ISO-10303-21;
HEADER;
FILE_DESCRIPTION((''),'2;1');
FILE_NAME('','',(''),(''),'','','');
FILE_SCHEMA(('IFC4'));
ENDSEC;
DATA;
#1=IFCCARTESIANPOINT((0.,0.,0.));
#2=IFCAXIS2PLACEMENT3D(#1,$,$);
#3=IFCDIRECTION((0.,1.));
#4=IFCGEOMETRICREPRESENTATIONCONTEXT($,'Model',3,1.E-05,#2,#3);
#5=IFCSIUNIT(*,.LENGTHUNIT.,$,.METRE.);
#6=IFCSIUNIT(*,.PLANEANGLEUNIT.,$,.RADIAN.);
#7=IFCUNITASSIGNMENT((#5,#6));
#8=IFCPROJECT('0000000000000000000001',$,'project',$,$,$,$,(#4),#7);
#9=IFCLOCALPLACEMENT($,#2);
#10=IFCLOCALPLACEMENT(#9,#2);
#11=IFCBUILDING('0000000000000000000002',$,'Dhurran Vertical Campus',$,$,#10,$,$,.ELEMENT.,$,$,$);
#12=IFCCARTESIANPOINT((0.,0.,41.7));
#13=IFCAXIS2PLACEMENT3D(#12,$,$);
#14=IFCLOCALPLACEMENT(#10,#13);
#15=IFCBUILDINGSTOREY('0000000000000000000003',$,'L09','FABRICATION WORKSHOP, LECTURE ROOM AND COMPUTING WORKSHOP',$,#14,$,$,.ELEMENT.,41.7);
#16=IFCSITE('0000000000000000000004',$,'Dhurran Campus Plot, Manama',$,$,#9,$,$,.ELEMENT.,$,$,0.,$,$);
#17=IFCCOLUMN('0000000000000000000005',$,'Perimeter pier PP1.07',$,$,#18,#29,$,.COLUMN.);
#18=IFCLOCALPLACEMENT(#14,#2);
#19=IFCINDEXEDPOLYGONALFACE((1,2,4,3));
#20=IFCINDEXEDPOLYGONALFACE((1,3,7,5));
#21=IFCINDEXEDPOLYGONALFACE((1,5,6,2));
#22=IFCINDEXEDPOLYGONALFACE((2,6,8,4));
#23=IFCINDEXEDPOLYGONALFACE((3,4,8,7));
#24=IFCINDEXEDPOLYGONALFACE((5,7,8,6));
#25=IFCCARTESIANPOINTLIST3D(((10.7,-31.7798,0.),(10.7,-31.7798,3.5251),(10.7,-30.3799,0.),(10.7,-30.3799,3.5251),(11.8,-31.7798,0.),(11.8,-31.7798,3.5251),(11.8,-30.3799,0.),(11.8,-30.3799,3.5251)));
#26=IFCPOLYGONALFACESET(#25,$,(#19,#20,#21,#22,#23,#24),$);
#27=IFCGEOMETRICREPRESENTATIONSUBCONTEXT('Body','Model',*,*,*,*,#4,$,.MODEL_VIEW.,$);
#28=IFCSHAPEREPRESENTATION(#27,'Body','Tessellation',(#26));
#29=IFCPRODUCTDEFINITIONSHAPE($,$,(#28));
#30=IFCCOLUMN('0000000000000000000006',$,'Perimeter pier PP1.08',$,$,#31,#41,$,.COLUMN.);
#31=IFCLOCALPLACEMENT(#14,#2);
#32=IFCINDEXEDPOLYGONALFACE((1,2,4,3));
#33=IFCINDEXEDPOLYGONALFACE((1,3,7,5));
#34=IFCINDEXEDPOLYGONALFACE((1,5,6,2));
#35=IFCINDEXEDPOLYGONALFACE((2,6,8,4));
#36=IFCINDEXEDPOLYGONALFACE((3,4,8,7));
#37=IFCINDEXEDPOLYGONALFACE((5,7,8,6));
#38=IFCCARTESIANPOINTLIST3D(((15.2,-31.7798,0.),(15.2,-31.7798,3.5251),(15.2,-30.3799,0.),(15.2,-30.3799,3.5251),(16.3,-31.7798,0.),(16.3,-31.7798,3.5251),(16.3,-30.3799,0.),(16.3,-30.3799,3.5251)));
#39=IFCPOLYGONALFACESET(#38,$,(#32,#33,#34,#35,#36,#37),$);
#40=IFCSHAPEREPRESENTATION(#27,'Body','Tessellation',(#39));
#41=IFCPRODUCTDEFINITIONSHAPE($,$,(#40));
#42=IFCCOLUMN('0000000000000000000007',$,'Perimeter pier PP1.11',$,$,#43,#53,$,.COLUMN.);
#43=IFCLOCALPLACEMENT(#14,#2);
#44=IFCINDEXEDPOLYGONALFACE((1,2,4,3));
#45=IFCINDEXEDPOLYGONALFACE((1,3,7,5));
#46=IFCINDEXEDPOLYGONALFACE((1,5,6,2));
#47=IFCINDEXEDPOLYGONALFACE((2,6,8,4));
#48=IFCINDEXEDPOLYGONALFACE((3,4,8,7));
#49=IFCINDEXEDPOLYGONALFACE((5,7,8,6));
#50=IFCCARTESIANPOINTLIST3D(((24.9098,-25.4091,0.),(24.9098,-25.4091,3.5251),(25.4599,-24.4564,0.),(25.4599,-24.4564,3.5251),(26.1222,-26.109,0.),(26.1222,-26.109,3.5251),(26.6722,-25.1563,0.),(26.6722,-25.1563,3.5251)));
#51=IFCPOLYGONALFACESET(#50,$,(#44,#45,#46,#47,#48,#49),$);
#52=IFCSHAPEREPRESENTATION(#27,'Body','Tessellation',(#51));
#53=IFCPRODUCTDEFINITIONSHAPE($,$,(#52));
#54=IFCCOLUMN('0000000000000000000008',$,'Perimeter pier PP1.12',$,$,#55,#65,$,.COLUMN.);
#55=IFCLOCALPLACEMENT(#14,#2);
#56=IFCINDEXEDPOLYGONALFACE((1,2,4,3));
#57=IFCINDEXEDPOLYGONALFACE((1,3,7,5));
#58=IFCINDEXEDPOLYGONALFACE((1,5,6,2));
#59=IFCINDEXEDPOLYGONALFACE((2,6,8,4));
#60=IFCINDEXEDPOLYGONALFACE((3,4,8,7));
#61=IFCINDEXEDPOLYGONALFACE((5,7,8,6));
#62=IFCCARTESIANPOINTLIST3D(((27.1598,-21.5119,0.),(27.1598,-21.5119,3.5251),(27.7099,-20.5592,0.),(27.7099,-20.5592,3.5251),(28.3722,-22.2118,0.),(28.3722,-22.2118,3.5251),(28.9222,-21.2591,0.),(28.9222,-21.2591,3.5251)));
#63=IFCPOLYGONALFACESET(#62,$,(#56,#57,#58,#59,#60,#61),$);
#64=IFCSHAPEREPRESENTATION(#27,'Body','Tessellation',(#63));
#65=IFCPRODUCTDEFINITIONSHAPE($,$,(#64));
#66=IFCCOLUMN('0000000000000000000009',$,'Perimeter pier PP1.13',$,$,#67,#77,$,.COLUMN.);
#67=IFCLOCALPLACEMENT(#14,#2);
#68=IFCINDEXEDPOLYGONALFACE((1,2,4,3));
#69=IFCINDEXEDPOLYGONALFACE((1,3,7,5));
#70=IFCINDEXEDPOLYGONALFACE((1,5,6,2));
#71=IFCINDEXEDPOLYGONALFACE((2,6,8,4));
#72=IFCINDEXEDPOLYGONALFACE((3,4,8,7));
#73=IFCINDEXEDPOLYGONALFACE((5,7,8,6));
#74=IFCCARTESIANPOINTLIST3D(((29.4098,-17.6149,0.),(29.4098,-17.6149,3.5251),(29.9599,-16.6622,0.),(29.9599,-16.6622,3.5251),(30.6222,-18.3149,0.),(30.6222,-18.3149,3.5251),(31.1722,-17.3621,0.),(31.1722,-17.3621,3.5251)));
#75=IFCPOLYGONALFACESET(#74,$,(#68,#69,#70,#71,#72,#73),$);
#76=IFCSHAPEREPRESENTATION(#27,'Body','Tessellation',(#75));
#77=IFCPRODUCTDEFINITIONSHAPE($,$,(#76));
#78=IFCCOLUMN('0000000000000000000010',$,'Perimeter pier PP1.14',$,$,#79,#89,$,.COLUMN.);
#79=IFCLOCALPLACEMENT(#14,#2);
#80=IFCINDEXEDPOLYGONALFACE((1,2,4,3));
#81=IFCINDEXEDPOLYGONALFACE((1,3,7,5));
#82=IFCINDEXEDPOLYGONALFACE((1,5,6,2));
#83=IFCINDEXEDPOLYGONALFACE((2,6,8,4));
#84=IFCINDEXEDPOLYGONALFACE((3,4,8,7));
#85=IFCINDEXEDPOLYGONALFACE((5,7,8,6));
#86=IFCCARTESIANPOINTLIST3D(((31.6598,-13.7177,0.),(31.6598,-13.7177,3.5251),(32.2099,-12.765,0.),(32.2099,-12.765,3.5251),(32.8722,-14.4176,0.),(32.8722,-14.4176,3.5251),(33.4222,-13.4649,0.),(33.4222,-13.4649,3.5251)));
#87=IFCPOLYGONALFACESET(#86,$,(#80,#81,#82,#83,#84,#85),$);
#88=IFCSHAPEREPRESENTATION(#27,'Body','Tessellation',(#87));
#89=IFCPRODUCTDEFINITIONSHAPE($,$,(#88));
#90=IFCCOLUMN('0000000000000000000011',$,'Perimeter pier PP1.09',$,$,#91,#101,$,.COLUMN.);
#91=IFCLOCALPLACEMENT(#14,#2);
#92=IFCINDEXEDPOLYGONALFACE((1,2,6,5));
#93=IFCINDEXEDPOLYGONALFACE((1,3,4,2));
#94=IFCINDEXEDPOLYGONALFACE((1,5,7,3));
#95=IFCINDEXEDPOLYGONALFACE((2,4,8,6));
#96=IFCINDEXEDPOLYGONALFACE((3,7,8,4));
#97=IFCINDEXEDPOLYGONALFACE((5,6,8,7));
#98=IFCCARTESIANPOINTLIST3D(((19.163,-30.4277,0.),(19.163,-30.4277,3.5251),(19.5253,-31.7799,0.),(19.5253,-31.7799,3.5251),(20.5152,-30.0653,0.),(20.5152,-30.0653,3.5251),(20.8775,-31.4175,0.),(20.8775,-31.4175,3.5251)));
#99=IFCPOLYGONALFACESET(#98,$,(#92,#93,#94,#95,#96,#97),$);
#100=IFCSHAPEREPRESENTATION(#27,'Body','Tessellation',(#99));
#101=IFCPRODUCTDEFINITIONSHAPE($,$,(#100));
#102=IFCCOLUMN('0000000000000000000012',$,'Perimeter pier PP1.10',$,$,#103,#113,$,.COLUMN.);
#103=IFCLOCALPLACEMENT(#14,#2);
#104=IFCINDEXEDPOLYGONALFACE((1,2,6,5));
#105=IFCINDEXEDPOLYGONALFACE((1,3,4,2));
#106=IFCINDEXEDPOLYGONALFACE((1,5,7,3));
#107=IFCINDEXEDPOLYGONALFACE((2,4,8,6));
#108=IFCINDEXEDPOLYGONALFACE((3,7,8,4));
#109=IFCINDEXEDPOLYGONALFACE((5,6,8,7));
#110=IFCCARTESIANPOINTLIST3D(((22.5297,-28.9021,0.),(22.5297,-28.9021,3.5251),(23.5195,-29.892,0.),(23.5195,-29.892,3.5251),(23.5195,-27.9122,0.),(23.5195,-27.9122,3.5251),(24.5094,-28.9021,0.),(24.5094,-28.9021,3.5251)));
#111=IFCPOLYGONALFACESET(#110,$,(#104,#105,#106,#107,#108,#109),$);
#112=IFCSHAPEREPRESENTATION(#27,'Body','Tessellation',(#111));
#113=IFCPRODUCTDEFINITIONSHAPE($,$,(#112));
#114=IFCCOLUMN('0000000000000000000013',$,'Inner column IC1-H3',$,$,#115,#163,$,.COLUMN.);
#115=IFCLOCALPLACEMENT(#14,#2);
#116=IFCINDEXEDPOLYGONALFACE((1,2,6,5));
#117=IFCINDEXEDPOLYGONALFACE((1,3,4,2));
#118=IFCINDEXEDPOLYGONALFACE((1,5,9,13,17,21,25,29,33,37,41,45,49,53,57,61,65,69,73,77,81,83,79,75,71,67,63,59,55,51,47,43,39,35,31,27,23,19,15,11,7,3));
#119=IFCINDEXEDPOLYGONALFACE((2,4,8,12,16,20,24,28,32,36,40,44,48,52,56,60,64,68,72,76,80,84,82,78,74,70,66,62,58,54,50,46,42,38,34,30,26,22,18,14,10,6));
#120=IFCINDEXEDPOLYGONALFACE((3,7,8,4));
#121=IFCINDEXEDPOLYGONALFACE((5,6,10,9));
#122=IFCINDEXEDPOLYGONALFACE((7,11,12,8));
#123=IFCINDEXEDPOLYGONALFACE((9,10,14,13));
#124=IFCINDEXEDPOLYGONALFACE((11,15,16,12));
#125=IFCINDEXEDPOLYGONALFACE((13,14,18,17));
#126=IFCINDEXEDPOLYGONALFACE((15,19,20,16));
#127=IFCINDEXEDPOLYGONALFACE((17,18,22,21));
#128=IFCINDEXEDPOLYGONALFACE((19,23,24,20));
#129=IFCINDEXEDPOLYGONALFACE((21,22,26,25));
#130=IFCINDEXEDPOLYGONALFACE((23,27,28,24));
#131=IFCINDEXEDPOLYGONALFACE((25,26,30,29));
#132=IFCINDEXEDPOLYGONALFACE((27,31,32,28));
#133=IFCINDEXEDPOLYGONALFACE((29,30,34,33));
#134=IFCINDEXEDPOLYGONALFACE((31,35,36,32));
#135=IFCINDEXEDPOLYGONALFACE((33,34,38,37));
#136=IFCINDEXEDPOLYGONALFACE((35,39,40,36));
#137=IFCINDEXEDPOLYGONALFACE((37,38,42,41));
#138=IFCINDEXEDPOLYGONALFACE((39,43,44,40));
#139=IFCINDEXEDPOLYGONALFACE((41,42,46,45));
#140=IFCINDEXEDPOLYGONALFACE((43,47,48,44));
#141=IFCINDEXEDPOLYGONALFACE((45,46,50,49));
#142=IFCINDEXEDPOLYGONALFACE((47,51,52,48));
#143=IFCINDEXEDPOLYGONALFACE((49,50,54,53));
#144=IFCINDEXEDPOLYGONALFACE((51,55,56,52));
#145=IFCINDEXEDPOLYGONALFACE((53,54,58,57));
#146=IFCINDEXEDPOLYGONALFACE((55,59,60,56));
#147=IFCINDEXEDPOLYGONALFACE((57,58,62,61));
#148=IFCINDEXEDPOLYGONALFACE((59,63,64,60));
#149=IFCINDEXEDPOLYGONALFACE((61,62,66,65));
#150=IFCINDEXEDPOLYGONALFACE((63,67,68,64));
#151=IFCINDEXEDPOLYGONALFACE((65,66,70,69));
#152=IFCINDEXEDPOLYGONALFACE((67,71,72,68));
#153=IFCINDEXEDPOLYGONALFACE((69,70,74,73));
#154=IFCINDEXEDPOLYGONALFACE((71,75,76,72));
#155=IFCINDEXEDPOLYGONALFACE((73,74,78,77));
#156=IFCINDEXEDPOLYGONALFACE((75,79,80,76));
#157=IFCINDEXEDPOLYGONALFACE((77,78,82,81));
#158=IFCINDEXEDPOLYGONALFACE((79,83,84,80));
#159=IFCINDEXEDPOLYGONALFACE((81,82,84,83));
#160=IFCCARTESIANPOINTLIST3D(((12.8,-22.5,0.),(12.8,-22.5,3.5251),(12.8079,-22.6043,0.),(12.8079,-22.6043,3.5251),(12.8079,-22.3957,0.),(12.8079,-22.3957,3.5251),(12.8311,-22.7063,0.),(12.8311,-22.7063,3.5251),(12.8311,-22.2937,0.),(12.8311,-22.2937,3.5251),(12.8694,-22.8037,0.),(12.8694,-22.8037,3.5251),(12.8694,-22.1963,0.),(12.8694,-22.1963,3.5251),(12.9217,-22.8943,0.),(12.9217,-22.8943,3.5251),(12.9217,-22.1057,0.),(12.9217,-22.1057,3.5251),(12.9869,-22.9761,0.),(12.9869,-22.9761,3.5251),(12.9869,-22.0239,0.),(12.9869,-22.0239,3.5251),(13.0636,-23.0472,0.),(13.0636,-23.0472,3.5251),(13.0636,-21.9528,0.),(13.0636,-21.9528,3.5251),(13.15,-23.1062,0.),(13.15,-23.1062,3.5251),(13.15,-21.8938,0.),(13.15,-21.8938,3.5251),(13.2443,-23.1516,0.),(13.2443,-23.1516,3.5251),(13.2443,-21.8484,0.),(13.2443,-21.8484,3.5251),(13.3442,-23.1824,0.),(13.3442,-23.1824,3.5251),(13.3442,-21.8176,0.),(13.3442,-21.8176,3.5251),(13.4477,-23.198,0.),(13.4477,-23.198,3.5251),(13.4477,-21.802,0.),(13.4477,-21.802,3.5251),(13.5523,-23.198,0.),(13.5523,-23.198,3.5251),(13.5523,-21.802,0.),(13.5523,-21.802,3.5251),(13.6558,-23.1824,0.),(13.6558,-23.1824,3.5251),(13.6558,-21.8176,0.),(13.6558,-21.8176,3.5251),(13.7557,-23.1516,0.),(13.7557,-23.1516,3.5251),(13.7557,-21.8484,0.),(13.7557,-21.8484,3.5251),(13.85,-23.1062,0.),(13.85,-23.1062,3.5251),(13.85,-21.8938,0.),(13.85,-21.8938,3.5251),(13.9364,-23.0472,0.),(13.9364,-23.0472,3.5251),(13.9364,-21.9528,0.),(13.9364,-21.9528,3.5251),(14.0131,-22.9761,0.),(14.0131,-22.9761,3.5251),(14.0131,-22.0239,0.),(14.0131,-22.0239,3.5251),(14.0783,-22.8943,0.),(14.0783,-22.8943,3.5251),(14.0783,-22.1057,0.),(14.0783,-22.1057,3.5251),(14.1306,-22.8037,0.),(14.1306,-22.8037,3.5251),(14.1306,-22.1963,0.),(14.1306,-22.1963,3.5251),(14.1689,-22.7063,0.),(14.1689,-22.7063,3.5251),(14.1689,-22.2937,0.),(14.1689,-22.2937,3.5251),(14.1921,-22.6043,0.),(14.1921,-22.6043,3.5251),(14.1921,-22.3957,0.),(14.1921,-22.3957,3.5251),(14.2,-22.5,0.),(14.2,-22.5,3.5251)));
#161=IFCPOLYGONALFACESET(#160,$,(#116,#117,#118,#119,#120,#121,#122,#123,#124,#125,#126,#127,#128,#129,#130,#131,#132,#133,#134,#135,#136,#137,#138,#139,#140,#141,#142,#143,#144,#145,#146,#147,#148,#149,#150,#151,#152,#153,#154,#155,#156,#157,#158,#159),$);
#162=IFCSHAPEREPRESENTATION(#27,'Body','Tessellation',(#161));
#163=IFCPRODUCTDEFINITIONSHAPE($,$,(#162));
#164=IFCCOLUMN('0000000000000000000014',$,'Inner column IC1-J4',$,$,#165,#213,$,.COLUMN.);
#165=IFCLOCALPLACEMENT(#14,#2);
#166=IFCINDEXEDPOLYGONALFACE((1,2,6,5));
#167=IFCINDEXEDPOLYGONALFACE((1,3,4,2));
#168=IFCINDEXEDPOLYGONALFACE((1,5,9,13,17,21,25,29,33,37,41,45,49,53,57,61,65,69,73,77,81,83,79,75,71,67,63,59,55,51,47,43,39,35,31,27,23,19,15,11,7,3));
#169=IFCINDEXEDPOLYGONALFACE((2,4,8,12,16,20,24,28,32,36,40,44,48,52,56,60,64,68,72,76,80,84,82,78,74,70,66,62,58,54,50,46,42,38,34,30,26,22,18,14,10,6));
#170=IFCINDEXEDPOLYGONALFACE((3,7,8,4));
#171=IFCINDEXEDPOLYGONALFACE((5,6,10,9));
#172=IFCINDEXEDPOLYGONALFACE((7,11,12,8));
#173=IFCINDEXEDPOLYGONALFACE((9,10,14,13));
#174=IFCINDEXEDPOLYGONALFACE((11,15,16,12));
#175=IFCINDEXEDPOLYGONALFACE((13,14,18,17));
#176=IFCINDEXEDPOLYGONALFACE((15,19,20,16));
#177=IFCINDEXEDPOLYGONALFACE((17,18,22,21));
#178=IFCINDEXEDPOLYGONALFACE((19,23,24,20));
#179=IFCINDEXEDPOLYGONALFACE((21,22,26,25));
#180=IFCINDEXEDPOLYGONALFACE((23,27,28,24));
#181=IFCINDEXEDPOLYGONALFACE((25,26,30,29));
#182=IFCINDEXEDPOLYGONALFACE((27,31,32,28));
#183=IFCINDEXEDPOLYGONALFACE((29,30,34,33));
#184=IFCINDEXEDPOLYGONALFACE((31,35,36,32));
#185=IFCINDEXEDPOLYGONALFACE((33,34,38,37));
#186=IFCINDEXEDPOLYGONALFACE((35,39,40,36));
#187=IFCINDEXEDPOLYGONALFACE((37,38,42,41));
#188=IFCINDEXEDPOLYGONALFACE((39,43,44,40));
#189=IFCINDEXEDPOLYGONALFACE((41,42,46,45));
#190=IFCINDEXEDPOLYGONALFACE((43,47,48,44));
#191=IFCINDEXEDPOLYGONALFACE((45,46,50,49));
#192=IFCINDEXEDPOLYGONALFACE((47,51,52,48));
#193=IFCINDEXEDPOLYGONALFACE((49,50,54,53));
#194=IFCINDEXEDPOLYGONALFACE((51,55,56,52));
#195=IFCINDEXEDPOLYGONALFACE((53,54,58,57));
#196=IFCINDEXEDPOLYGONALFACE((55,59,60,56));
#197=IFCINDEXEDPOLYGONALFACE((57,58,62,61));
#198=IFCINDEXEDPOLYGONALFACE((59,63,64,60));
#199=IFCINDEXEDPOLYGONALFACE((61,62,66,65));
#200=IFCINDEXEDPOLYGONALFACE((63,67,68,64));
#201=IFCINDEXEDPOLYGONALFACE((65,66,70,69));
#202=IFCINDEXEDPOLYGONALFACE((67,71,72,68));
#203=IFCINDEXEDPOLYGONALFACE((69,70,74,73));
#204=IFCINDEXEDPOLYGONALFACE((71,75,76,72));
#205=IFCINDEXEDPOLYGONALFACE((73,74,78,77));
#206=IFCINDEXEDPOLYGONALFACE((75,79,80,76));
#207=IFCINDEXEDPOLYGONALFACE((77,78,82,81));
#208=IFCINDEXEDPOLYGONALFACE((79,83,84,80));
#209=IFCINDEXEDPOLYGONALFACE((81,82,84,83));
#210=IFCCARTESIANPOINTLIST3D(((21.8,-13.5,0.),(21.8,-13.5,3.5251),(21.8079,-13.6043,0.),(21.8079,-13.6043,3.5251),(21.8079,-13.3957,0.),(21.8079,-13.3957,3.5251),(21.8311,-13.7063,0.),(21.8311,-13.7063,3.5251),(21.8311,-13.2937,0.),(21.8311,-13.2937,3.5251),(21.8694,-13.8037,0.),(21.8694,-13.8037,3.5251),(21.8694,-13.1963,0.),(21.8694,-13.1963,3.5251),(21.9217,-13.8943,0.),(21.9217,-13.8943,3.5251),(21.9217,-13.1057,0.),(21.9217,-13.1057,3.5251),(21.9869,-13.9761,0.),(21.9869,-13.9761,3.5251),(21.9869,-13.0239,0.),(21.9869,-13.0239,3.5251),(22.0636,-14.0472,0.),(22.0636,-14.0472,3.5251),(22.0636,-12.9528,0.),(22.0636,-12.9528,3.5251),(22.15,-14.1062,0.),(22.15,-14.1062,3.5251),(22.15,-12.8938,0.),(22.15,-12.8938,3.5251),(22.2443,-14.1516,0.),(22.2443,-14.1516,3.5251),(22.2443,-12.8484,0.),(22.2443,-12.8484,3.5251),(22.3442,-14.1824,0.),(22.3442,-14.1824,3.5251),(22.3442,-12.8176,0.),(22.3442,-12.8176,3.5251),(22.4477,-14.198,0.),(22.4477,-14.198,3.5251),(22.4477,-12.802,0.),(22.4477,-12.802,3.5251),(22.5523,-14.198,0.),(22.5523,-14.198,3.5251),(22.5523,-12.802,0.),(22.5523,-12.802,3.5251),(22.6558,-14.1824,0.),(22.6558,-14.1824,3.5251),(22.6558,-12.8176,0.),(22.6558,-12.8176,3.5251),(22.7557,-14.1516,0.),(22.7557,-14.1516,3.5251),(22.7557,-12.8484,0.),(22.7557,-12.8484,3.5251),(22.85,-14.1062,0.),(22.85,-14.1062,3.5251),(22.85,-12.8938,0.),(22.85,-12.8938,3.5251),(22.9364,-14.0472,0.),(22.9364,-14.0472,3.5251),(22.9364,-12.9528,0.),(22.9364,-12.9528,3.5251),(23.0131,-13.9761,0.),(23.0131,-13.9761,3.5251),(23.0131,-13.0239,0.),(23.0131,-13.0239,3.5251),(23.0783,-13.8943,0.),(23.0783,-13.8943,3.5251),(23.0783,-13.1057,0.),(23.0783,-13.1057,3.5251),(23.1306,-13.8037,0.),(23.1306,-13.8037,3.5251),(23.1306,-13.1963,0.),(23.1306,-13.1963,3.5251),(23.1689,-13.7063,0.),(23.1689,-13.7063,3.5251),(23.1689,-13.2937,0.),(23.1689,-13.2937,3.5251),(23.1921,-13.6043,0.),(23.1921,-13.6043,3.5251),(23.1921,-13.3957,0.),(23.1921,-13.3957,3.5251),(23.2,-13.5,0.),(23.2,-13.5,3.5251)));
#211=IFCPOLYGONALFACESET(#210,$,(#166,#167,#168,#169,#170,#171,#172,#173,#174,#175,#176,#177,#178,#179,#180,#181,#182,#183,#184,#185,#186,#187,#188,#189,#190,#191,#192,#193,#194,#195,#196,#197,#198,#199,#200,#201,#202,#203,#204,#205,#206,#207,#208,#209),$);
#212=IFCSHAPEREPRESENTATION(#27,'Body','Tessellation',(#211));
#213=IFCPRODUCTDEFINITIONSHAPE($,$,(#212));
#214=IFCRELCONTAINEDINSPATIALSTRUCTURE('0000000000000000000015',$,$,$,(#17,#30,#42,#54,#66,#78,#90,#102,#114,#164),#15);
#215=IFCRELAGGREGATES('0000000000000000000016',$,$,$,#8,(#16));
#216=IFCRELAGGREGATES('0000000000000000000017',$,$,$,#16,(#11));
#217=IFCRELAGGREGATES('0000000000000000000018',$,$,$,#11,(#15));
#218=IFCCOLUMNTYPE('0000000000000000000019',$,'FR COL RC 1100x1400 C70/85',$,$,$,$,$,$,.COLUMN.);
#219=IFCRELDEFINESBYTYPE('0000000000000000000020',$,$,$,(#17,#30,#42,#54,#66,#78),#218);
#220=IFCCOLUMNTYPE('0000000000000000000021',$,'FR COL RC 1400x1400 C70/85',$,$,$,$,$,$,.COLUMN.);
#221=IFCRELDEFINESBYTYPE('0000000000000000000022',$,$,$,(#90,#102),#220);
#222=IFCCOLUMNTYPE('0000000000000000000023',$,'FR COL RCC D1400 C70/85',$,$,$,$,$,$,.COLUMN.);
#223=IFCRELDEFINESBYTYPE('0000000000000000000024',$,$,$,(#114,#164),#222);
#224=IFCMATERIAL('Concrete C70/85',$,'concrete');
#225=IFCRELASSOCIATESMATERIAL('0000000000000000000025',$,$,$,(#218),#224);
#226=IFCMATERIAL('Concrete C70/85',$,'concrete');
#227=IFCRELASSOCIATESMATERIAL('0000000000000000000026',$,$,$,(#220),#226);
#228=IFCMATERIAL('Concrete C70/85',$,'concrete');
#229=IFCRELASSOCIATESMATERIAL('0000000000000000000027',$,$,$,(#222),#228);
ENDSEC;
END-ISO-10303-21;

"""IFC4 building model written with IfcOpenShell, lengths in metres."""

from ifc_helpers import new_model, si_unit, direction, frame, origin, origin_2d, place, context, subcontext, project, spatial, rectangle, circle, extrude, material, material_profile, profile_set, type_object, element, save


model = new_model("IFC4")

# Units and contexts
model_context = context("Model", 3, precision=1e-05, world=origin(), true_north=direction((0.0, 1.0)))
body_context = subcontext(model_context, "Body", "Model", "MODEL_VIEW")
ifc_project = project(units=[si_unit("LENGTHUNIT", "METRE"), si_unit("PLANEANGLEUNIT", "RADIAN")], contexts=[model_context])

# Site, building, storey
site_placement = place(None, origin())
site = spatial("IfcSite", under=ifc_project, at=site_placement, Name="Dhurran Campus Plot, Manama", CompositionType="ELEMENT", RefElevation=0.0)
building_placement = place(site_placement, origin())
building = spatial("IfcBuilding", under=site, at=building_placement, Name="Dhurran Vertical Campus", CompositionType="ELEMENT")
storey_placement = place(building_placement, frame((0.0, 0.0, 41.7)))
storey = spatial("IfcBuildingStorey", under=building, at=storey_placement, Name="L09", Description="FABRICATION WORKSHOP, LECTURE ROOM AND COMPUTING WORKSHOP", CompositionType="ELEMENT", Elevation=41.7)

# Columns
ifc_material_1 = material(Name="Concrete C70/85", Category="concrete")
ifc_material_profile_1 = material_profile(ifc_material_1, rectangle(XDim=1.1001, YDim=1.3999, at=origin_2d()), Name="RC 1100x1400")
ifc_profile_set_1 = profile_set([ifc_material_profile_1], Name="Concrete C70/85")
column_type_1 = type_object("IfcColumnType", Name="FR COL RC 1100x1400 C70/85", PredefinedType="COLUMN", material=ifc_profile_set_1)
for number, where, z_axis, x_axis, name in (
    (1, (11.25, -31.0798, 0.0), (0.0, 0.0, 1.0), (1.0, 0.0, 0.0), "Perimeter pier PP1.07"),
    (2, (15.75, -31.0798, 0.0), (0.0, 0.0, 1.0), (1.0, 0.0, 0.0), "Perimeter pier PP1.08"),
    (3, (25.791, -25.2827, 0.0), (0.0, 0.0, 1.0), (0.5, 0.866025, 0.0), "Perimeter pier PP1.11"),
    (4, (28.041, -21.3855, 0.0), (0.0, 0.0, 1.0), (0.5, 0.866025, 0.0), "Perimeter pier PP1.12"),
    (5, (30.291, -17.4885, 0.0), (0.0, 0.0, 1.0), (0.5, 0.866025, 0.0), "Perimeter pier PP1.13"),
    (6, (32.541, -13.5913, 0.0), (0.0, 0.0, 1.0), (0.5, 0.866025, 0.0), "Perimeter pier PP1.14"),
):
    element("IfcColumn", number, at=place(storey_placement, frame(where, z_axis=z_axis, x_axis=x_axis)), inside=storey, type_object=column_type_1, Name=name, PredefinedType="COLUMN", context=body_context, shape_type="SweptSolid", body=[
        extrude(rectangle(XDim=1.1001, YDim=1.3999, at=origin_2d()), origin(), (0.0, 0.0, 1.0), 3.5251),
    ])
ifc_material_2 = material(Name="Concrete C70/85", Category="concrete")
ifc_material_profile_2 = material_profile(ifc_material_2, rectangle(XDim=1.3999, YDim=1.3999, at=origin_2d()), Name="RC 1400x1400")
ifc_profile_set_2 = profile_set([ifc_material_profile_2], Name="Concrete C70/85")
column_type_2 = type_object("IfcColumnType", Name="FR COL RC 1400x1400 C70/85", PredefinedType="COLUMN", material=ifc_profile_set_2)
for number, where, z_axis, x_axis, name in (
    (7, (20.0203, -30.9226, 0.0), (0.0, 0.0, 1.0), (0.965926, 0.258819, 0.0), "Perimeter pier PP1.09"),
    (8, (23.5195, -28.9021, 0.0), (0.0, 0.0, 1.0), (0.707107, 0.707107, 0.0), "Perimeter pier PP1.10"),
):
    element("IfcColumn", number, at=place(storey_placement, frame(where, z_axis=z_axis, x_axis=x_axis)), inside=storey, type_object=column_type_2, Name=name, PredefinedType="COLUMN", context=body_context, shape_type="SweptSolid", body=[
        extrude(rectangle(XDim=1.3999, YDim=1.3999, at=origin_2d()), origin(), (0.0, 0.0, 1.0), 3.5251),
    ])
ifc_material_3 = material(Name="Concrete C70/85", Category="concrete")
ifc_material_profile_3 = material_profile(ifc_material_3, circle(Radius=0.7, at=origin_2d()), Name="RCC D1400")
ifc_profile_set_3 = profile_set([ifc_material_profile_3], Name="Concrete C70/85")
column_type_3 = type_object("IfcColumnType", Name="FR COL RCC D1400 C70/85", PredefinedType="COLUMN", material=ifc_profile_set_3)
for number, where, z_axis, x_axis, name in (
    (9, (13.5, -22.5, 0.0), (0.0, 0.0, 1.0), (1.0, 0.0, 0.0), "Inner column IC1-H3"),
    (10, (22.5, -13.5, 0.0), (0.0, 0.0, 1.0), (1.0, 0.0, 0.0), "Inner column IC1-J4"),
):
    element("IfcColumn", number, at=place(storey_placement, frame(where, z_axis=z_axis, x_axis=x_axis)), inside=storey, type_object=column_type_3, Name=name, PredefinedType="COLUMN", context=body_context, shape_type="SweptSolid", body=[
        extrude(circle(Radius=0.7, at=origin_2d()), origin(), (0.0, 0.0, 1.0), 3.5251),
    ])

save(model, "model.ifc")
